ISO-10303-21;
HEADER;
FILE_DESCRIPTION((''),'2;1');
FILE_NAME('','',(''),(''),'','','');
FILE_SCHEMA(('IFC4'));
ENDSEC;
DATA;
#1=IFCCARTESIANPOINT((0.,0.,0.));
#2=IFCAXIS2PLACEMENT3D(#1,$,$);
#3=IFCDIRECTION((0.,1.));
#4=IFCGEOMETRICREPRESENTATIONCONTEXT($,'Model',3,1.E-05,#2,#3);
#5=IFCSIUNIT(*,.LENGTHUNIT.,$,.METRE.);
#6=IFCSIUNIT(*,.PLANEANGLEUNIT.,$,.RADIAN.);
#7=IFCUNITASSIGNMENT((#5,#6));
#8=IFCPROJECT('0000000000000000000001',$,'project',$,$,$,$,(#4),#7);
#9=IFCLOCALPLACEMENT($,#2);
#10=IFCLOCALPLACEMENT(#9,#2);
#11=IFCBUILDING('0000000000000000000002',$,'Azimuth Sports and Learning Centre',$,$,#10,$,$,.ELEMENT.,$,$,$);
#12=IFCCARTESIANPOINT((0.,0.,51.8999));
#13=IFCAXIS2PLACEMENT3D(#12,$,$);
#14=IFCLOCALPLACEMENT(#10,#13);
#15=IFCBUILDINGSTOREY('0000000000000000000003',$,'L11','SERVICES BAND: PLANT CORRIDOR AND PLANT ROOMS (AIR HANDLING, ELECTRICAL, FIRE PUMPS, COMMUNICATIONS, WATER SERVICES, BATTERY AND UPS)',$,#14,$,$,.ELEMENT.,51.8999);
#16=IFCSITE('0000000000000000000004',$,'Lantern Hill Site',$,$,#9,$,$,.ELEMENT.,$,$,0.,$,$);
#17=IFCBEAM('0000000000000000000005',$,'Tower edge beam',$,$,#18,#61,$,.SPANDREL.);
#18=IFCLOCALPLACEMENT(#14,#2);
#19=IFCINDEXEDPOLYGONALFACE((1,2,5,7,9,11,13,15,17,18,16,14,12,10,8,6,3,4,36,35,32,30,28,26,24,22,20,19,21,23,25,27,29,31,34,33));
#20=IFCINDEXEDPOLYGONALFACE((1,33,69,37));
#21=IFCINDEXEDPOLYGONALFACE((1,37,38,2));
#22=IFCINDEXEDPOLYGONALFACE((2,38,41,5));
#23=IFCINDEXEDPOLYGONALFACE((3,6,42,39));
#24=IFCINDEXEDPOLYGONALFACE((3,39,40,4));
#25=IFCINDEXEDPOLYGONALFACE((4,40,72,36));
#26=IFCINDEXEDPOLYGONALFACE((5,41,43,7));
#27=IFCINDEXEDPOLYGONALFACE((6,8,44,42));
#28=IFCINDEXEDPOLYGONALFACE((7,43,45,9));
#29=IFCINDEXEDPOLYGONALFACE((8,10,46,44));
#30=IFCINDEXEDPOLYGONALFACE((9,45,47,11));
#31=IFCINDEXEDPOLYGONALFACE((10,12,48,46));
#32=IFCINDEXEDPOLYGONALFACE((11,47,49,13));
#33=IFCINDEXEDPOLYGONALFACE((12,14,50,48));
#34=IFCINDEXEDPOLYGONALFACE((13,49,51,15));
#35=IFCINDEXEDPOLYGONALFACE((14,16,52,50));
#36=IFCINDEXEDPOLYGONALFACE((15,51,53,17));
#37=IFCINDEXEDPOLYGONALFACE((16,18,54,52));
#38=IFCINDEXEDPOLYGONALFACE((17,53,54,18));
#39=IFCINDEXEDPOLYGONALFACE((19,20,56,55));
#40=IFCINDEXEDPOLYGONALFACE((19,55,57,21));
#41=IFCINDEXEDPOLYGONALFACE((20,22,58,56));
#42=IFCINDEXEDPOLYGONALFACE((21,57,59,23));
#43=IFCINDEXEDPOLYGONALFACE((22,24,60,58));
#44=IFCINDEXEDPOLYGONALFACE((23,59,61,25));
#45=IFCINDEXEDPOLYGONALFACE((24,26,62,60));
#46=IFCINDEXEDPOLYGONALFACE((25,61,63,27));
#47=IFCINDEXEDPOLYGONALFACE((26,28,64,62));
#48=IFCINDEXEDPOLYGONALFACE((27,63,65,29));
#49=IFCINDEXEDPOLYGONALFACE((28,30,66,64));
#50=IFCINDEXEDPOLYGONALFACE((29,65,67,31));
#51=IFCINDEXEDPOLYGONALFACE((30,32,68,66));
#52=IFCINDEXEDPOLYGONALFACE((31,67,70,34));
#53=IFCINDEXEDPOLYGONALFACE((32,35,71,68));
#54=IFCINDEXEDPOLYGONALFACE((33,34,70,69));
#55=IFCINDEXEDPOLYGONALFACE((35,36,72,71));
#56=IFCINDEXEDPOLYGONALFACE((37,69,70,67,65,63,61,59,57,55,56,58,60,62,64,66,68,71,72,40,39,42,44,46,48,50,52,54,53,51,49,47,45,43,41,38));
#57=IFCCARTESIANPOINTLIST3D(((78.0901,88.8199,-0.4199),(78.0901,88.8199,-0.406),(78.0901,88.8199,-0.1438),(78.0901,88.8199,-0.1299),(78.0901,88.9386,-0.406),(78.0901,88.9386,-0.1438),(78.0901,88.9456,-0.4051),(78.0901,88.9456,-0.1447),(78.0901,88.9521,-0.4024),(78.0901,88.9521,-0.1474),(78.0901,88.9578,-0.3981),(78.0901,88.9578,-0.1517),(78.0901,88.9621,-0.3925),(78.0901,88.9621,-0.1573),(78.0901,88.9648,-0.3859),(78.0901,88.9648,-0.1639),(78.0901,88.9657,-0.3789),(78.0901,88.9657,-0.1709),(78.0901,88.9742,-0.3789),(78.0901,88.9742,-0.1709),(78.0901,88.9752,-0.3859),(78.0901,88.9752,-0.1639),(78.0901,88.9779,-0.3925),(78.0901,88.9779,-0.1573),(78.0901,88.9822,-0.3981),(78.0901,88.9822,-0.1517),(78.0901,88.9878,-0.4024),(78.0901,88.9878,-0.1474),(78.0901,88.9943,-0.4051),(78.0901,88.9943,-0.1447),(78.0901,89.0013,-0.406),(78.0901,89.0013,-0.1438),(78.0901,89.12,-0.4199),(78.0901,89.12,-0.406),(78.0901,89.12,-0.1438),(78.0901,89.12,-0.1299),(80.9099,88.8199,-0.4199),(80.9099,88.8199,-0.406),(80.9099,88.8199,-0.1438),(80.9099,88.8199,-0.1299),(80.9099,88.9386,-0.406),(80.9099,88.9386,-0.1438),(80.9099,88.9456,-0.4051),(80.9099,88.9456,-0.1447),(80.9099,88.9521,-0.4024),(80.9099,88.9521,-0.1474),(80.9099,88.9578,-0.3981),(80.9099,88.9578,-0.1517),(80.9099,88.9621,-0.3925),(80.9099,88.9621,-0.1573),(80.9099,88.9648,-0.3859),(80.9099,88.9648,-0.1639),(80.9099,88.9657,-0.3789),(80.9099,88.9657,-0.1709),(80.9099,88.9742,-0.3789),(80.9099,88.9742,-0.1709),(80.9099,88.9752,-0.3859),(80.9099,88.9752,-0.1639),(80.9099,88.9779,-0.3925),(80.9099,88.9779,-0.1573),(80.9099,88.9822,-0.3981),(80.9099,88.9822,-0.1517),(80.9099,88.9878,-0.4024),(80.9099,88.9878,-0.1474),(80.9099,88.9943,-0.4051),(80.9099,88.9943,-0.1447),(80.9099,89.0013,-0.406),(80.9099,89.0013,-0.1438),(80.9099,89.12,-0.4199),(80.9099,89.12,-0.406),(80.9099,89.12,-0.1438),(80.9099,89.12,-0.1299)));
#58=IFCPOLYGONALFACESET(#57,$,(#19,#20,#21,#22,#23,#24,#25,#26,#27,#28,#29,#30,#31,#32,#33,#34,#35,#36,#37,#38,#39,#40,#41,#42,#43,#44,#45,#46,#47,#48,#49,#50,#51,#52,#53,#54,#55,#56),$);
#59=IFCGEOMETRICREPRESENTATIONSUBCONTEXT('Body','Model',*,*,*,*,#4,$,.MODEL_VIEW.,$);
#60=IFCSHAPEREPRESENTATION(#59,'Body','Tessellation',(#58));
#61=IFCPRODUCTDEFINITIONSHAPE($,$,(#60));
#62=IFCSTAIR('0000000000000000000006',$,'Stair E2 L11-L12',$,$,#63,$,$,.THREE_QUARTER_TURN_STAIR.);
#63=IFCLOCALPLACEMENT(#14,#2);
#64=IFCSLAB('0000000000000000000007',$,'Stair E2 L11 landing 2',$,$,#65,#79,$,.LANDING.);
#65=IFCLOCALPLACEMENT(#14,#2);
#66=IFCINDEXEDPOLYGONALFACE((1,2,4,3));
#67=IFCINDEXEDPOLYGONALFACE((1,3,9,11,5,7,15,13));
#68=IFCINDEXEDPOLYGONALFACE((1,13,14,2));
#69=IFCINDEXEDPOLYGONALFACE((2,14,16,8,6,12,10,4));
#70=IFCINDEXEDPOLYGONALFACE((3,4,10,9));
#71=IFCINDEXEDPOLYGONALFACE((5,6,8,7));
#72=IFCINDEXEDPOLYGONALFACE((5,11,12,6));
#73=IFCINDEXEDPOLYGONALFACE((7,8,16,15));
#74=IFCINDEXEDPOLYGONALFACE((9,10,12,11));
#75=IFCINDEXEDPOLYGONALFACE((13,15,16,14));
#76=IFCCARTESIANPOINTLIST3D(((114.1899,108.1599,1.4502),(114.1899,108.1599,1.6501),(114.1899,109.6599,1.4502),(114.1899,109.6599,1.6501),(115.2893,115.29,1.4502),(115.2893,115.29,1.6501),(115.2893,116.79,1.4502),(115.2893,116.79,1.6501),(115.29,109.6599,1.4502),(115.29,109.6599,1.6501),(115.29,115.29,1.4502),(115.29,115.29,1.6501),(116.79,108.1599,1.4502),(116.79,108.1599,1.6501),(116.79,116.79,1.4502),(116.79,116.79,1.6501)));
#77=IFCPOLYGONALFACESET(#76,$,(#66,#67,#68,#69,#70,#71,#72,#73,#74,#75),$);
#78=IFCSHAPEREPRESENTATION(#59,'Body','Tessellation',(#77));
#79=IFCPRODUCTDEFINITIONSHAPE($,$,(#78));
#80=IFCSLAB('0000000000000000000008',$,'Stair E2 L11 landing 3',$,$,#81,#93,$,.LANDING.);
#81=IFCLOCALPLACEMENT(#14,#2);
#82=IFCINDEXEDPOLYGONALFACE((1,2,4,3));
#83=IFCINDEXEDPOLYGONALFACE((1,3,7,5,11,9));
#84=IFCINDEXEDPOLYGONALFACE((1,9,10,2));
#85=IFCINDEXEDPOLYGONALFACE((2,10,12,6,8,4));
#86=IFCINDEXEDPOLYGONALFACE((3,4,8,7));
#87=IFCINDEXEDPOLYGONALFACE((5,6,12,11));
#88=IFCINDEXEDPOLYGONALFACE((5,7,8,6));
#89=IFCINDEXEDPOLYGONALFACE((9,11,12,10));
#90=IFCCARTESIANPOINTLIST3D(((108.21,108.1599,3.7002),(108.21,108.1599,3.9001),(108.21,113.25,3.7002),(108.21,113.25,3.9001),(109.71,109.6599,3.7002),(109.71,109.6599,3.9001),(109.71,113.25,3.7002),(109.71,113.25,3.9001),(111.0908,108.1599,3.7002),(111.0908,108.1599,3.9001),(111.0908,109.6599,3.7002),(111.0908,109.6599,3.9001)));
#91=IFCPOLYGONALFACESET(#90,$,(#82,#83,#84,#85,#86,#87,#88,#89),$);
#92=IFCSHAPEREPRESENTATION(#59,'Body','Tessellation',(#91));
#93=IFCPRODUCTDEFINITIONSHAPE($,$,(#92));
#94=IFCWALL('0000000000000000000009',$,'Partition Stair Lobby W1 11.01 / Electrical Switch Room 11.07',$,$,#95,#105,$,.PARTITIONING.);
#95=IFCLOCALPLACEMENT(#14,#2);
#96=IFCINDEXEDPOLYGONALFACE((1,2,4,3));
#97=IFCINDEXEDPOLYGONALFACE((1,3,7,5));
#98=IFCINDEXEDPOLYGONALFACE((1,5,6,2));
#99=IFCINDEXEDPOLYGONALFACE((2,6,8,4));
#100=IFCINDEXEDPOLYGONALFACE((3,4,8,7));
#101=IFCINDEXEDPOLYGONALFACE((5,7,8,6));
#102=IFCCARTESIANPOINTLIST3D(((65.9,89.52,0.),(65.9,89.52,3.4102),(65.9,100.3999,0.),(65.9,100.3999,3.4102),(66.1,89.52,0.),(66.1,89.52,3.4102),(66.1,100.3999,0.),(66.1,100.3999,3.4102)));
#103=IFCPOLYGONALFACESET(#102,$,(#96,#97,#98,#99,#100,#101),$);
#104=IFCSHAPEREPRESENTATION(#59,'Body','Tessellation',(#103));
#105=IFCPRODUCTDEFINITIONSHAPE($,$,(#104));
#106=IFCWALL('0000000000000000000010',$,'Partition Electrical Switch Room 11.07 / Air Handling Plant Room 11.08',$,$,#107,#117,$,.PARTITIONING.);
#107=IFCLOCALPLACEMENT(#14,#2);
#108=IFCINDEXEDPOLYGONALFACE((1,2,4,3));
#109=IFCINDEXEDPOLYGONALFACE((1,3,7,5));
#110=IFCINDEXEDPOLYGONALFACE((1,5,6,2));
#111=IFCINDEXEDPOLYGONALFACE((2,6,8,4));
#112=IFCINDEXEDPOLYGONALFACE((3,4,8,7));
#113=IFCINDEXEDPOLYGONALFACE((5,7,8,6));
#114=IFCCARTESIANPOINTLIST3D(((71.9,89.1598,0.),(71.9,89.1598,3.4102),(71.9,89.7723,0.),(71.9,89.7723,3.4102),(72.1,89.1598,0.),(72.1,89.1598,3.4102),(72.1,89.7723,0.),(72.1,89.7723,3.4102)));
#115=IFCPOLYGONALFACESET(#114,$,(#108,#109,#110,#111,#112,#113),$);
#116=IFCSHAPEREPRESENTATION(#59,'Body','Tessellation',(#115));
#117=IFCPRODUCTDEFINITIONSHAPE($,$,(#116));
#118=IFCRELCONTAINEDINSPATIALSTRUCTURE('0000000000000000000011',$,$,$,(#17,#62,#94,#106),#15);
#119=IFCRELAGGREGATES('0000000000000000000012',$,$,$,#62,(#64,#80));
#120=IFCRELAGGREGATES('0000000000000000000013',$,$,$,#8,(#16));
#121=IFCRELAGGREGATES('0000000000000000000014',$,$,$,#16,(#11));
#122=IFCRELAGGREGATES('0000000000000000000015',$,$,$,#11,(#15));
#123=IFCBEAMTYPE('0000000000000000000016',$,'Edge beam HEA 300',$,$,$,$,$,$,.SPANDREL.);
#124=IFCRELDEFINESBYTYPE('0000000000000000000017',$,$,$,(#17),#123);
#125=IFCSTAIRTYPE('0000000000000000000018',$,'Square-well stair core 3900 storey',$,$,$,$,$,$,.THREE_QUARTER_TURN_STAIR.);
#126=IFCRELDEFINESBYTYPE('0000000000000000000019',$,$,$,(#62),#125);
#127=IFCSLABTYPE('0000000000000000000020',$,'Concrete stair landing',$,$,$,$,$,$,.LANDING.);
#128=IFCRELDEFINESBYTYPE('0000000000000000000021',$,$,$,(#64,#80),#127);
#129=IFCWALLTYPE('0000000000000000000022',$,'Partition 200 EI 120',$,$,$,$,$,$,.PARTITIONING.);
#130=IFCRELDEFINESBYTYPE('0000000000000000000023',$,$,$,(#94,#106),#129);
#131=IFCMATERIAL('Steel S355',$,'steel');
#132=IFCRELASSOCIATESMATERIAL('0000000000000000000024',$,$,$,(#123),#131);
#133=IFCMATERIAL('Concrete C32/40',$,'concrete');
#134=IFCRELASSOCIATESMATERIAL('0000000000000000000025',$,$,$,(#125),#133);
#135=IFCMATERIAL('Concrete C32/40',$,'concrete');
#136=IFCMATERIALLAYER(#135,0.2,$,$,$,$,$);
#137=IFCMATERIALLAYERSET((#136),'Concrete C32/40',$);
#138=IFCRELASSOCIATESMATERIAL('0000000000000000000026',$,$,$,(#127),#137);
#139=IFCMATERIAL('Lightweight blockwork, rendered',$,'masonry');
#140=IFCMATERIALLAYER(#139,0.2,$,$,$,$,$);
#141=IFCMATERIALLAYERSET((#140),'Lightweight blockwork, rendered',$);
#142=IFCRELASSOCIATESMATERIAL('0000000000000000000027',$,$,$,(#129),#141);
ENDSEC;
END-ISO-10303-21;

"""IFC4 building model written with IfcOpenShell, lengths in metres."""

from ifc_helpers import new_model, si_unit, direction, frame, frame_2d, origin, origin_2d, place, context, subcontext, project, spatial, polyline, rectangle, i_section, outline, extrude, material, layer, layer_set, material_profile, profile_set, type_object, element, aggregate, save


model = new_model("IFC4")

# Units and contexts
model_context = context("Model", 3, precision=1e-05, world=origin(), true_north=direction((0.0, 1.0)))
body_context = subcontext(model_context, "Body", "Model", "MODEL_VIEW")
ifc_project = project(units=[si_unit("LENGTHUNIT", "METRE"), si_unit("PLANEANGLEUNIT", "RADIAN")], contexts=[model_context])

# Site, building, storey
site_placement = place(None, origin())
site = spatial("IfcSite", under=ifc_project, at=site_placement, Name="Lantern Hill Site", CompositionType="ELEMENT", RefElevation=0.0)
building_placement = place(site_placement, origin())
building = spatial("IfcBuilding", under=site, at=building_placement, Name="Azimuth Sports and Learning Centre", CompositionType="ELEMENT")
storey_placement = place(building_placement, frame((0.0, 0.0, 51.8999)))
storey = spatial("IfcBuildingStorey", under=building, at=storey_placement, Name="L11", Description="SERVICES BAND: PLANT CORRIDOR AND PLANT ROOMS (AIR HANDLING, ELECTRICAL, FIRE PUMPS, COMMUNICATIONS, WATER SERVICES, BATTERY AND UPS)", CompositionType="ELEMENT", Elevation=51.8999)

# Beam
ifc_material_1 = material(Name="Steel S355", Category="steel")
ifc_material_profile = material_profile(ifc_material_1, i_section(OverallWidth=0.3, OverallDepth=0.29, WebThickness=0.0085, FlangeThickness=0.0139, FilletRadius=0.0271, at=origin_2d()), Name="HEA 300")
ifc_profile_set = profile_set([ifc_material_profile], Name="Steel S355")
beam_type = type_object("IfcBeamType", Name="Edge beam HEA 300", PredefinedType="SPANDREL", material=ifc_profile_set)
beam_placement = place(storey_placement, frame((78.0901, 88.97, -0.2749), z_axis=(1.0, 0.0, 0.0), x_axis=(0.0, 1.0, 0.0)))
element("IfcBeam", 1, at=beam_placement, inside=storey, type_object=beam_type, Name="Tower edge beam", PredefinedType="SPANDREL", context=body_context, shape_type="SweptSolid", body=[
    extrude(i_section(OverallWidth=0.3, OverallDepth=0.29, WebThickness=0.0085, FlangeThickness=0.0139, FilletRadius=0.0271, at=origin_2d()), origin(), (0.0, 0.0, 1.0), 2.8198),
])

# Stair, slabs
ifc_material_2 = material(Name="Concrete C32/40", Category="concrete")
stair_type = type_object("IfcStairType", Name="Square-well stair core 3900 storey", PredefinedType="THREE_QUARTER_TURN_STAIR", material=ifc_material_2)
stair_placement = place(storey_placement, origin())
stair = element("IfcStair", 2, at=stair_placement, inside=storey, type_object=stair_type, Name="Stair E2 L11-L12", PredefinedType="THREE_QUARTER_TURN_STAIR")
ifc_material_3 = material(Name="Concrete C32/40", Category="concrete")
ifc_layer_1 = layer(ifc_material_3, 0.2)
ifc_layer_set_1 = layer_set([ifc_layer_1], Name="Concrete C32/40")
slab_type = type_object("IfcSlabType", Name="Concrete stair landing", PredefinedType="LANDING", material=ifc_layer_set_1)
slab_1_placement = place(storey_placement, frame((0.0, 0.0, 1.4502)))
slab_1 = element("IfcSlab", 3, at=slab_1_placement, type_object=slab_type, Name="Stair E2 L11 landing 2", PredefinedType="LANDING", context=body_context, shape_type="SweptSolid", body=[
    extrude(outline(polyline([(115.29, 115.29), (115.29, 109.6599), (114.1899, 109.6599), (114.1899, 108.1599), (116.79, 108.1599), (116.79, 116.79), (115.2893, 116.79), (115.2893, 115.29), (115.29, 115.29)])), origin(), (0.0, 0.0, 1.0), 0.2),
])
slab_2_placement = place(storey_placement, frame((0.0, 0.0, 3.7002)))
slab_2 = element("IfcSlab", 4, at=slab_2_placement, type_object=slab_type, Name="Stair E2 L11 landing 3", PredefinedType="LANDING", context=body_context, shape_type="SweptSolid", body=[
    extrude(outline(polyline([(109.71, 109.6599), (109.71, 113.25), (108.21, 113.25), (108.21, 108.1599), (111.0908, 108.1599), (111.0908, 109.6599), (109.71, 109.6599)])), origin(), (0.0, 0.0, 1.0), 0.2),
])
aggregate(stair, [slab_1, slab_2])

# Walls
ifc_material_4 = material(Name="Lightweight blockwork, rendered", Category="masonry")
ifc_layer_2 = layer(ifc_material_4, 0.2)
ifc_layer_set_2 = layer_set([ifc_layer_2], Name="Lightweight blockwork, rendered")
wall_type_1 = type_object("IfcWallType", Name="Partition 200 EI 120", PredefinedType="PARTITIONING", material=ifc_layer_set_2)
wall_1_placement = place(storey_placement, frame((66.0, 89.52, 0.0), z_axis=(0.0, 0.0, 1.0), x_axis=(0.0, 1.0, 0.0)))
element("IfcWall", 5, at=wall_1_placement, inside=storey, type_object=wall_type_1, Name="Partition Stair Lobby W1 11.01 / Electrical Switch Room 11.07", PredefinedType="PARTITIONING", context=body_context, shape_type="SweptSolid", body=[
    extrude(rectangle(XDim=10.8799, YDim=0.2, at=frame_2d((5.4399, 0.0))), origin(), (0.0, 0.0, 1.0), 3.4102),
])
wall_2_placement = place(storey_placement, frame((72.0, 89.1599, 0.0), z_axis=(0.0, 0.0, 1.0), x_axis=(0.0, 1.0, 0.0)))
element("IfcWall", 6, at=wall_2_placement, inside=storey, type_object=wall_type_1, Name="Partition Electrical Switch Room 11.07 / Air Handling Plant Room 11.08", PredefinedType="PARTITIONING", context=body_context, shape_type="SweptSolid", body=[
    extrude(rectangle(XDim=0.6125, YDim=0.2, at=frame_2d((0.3062, 0.0))), origin(), (0.0, 0.0, 1.0), 3.4102),
])

save(model, "model.ifc")
